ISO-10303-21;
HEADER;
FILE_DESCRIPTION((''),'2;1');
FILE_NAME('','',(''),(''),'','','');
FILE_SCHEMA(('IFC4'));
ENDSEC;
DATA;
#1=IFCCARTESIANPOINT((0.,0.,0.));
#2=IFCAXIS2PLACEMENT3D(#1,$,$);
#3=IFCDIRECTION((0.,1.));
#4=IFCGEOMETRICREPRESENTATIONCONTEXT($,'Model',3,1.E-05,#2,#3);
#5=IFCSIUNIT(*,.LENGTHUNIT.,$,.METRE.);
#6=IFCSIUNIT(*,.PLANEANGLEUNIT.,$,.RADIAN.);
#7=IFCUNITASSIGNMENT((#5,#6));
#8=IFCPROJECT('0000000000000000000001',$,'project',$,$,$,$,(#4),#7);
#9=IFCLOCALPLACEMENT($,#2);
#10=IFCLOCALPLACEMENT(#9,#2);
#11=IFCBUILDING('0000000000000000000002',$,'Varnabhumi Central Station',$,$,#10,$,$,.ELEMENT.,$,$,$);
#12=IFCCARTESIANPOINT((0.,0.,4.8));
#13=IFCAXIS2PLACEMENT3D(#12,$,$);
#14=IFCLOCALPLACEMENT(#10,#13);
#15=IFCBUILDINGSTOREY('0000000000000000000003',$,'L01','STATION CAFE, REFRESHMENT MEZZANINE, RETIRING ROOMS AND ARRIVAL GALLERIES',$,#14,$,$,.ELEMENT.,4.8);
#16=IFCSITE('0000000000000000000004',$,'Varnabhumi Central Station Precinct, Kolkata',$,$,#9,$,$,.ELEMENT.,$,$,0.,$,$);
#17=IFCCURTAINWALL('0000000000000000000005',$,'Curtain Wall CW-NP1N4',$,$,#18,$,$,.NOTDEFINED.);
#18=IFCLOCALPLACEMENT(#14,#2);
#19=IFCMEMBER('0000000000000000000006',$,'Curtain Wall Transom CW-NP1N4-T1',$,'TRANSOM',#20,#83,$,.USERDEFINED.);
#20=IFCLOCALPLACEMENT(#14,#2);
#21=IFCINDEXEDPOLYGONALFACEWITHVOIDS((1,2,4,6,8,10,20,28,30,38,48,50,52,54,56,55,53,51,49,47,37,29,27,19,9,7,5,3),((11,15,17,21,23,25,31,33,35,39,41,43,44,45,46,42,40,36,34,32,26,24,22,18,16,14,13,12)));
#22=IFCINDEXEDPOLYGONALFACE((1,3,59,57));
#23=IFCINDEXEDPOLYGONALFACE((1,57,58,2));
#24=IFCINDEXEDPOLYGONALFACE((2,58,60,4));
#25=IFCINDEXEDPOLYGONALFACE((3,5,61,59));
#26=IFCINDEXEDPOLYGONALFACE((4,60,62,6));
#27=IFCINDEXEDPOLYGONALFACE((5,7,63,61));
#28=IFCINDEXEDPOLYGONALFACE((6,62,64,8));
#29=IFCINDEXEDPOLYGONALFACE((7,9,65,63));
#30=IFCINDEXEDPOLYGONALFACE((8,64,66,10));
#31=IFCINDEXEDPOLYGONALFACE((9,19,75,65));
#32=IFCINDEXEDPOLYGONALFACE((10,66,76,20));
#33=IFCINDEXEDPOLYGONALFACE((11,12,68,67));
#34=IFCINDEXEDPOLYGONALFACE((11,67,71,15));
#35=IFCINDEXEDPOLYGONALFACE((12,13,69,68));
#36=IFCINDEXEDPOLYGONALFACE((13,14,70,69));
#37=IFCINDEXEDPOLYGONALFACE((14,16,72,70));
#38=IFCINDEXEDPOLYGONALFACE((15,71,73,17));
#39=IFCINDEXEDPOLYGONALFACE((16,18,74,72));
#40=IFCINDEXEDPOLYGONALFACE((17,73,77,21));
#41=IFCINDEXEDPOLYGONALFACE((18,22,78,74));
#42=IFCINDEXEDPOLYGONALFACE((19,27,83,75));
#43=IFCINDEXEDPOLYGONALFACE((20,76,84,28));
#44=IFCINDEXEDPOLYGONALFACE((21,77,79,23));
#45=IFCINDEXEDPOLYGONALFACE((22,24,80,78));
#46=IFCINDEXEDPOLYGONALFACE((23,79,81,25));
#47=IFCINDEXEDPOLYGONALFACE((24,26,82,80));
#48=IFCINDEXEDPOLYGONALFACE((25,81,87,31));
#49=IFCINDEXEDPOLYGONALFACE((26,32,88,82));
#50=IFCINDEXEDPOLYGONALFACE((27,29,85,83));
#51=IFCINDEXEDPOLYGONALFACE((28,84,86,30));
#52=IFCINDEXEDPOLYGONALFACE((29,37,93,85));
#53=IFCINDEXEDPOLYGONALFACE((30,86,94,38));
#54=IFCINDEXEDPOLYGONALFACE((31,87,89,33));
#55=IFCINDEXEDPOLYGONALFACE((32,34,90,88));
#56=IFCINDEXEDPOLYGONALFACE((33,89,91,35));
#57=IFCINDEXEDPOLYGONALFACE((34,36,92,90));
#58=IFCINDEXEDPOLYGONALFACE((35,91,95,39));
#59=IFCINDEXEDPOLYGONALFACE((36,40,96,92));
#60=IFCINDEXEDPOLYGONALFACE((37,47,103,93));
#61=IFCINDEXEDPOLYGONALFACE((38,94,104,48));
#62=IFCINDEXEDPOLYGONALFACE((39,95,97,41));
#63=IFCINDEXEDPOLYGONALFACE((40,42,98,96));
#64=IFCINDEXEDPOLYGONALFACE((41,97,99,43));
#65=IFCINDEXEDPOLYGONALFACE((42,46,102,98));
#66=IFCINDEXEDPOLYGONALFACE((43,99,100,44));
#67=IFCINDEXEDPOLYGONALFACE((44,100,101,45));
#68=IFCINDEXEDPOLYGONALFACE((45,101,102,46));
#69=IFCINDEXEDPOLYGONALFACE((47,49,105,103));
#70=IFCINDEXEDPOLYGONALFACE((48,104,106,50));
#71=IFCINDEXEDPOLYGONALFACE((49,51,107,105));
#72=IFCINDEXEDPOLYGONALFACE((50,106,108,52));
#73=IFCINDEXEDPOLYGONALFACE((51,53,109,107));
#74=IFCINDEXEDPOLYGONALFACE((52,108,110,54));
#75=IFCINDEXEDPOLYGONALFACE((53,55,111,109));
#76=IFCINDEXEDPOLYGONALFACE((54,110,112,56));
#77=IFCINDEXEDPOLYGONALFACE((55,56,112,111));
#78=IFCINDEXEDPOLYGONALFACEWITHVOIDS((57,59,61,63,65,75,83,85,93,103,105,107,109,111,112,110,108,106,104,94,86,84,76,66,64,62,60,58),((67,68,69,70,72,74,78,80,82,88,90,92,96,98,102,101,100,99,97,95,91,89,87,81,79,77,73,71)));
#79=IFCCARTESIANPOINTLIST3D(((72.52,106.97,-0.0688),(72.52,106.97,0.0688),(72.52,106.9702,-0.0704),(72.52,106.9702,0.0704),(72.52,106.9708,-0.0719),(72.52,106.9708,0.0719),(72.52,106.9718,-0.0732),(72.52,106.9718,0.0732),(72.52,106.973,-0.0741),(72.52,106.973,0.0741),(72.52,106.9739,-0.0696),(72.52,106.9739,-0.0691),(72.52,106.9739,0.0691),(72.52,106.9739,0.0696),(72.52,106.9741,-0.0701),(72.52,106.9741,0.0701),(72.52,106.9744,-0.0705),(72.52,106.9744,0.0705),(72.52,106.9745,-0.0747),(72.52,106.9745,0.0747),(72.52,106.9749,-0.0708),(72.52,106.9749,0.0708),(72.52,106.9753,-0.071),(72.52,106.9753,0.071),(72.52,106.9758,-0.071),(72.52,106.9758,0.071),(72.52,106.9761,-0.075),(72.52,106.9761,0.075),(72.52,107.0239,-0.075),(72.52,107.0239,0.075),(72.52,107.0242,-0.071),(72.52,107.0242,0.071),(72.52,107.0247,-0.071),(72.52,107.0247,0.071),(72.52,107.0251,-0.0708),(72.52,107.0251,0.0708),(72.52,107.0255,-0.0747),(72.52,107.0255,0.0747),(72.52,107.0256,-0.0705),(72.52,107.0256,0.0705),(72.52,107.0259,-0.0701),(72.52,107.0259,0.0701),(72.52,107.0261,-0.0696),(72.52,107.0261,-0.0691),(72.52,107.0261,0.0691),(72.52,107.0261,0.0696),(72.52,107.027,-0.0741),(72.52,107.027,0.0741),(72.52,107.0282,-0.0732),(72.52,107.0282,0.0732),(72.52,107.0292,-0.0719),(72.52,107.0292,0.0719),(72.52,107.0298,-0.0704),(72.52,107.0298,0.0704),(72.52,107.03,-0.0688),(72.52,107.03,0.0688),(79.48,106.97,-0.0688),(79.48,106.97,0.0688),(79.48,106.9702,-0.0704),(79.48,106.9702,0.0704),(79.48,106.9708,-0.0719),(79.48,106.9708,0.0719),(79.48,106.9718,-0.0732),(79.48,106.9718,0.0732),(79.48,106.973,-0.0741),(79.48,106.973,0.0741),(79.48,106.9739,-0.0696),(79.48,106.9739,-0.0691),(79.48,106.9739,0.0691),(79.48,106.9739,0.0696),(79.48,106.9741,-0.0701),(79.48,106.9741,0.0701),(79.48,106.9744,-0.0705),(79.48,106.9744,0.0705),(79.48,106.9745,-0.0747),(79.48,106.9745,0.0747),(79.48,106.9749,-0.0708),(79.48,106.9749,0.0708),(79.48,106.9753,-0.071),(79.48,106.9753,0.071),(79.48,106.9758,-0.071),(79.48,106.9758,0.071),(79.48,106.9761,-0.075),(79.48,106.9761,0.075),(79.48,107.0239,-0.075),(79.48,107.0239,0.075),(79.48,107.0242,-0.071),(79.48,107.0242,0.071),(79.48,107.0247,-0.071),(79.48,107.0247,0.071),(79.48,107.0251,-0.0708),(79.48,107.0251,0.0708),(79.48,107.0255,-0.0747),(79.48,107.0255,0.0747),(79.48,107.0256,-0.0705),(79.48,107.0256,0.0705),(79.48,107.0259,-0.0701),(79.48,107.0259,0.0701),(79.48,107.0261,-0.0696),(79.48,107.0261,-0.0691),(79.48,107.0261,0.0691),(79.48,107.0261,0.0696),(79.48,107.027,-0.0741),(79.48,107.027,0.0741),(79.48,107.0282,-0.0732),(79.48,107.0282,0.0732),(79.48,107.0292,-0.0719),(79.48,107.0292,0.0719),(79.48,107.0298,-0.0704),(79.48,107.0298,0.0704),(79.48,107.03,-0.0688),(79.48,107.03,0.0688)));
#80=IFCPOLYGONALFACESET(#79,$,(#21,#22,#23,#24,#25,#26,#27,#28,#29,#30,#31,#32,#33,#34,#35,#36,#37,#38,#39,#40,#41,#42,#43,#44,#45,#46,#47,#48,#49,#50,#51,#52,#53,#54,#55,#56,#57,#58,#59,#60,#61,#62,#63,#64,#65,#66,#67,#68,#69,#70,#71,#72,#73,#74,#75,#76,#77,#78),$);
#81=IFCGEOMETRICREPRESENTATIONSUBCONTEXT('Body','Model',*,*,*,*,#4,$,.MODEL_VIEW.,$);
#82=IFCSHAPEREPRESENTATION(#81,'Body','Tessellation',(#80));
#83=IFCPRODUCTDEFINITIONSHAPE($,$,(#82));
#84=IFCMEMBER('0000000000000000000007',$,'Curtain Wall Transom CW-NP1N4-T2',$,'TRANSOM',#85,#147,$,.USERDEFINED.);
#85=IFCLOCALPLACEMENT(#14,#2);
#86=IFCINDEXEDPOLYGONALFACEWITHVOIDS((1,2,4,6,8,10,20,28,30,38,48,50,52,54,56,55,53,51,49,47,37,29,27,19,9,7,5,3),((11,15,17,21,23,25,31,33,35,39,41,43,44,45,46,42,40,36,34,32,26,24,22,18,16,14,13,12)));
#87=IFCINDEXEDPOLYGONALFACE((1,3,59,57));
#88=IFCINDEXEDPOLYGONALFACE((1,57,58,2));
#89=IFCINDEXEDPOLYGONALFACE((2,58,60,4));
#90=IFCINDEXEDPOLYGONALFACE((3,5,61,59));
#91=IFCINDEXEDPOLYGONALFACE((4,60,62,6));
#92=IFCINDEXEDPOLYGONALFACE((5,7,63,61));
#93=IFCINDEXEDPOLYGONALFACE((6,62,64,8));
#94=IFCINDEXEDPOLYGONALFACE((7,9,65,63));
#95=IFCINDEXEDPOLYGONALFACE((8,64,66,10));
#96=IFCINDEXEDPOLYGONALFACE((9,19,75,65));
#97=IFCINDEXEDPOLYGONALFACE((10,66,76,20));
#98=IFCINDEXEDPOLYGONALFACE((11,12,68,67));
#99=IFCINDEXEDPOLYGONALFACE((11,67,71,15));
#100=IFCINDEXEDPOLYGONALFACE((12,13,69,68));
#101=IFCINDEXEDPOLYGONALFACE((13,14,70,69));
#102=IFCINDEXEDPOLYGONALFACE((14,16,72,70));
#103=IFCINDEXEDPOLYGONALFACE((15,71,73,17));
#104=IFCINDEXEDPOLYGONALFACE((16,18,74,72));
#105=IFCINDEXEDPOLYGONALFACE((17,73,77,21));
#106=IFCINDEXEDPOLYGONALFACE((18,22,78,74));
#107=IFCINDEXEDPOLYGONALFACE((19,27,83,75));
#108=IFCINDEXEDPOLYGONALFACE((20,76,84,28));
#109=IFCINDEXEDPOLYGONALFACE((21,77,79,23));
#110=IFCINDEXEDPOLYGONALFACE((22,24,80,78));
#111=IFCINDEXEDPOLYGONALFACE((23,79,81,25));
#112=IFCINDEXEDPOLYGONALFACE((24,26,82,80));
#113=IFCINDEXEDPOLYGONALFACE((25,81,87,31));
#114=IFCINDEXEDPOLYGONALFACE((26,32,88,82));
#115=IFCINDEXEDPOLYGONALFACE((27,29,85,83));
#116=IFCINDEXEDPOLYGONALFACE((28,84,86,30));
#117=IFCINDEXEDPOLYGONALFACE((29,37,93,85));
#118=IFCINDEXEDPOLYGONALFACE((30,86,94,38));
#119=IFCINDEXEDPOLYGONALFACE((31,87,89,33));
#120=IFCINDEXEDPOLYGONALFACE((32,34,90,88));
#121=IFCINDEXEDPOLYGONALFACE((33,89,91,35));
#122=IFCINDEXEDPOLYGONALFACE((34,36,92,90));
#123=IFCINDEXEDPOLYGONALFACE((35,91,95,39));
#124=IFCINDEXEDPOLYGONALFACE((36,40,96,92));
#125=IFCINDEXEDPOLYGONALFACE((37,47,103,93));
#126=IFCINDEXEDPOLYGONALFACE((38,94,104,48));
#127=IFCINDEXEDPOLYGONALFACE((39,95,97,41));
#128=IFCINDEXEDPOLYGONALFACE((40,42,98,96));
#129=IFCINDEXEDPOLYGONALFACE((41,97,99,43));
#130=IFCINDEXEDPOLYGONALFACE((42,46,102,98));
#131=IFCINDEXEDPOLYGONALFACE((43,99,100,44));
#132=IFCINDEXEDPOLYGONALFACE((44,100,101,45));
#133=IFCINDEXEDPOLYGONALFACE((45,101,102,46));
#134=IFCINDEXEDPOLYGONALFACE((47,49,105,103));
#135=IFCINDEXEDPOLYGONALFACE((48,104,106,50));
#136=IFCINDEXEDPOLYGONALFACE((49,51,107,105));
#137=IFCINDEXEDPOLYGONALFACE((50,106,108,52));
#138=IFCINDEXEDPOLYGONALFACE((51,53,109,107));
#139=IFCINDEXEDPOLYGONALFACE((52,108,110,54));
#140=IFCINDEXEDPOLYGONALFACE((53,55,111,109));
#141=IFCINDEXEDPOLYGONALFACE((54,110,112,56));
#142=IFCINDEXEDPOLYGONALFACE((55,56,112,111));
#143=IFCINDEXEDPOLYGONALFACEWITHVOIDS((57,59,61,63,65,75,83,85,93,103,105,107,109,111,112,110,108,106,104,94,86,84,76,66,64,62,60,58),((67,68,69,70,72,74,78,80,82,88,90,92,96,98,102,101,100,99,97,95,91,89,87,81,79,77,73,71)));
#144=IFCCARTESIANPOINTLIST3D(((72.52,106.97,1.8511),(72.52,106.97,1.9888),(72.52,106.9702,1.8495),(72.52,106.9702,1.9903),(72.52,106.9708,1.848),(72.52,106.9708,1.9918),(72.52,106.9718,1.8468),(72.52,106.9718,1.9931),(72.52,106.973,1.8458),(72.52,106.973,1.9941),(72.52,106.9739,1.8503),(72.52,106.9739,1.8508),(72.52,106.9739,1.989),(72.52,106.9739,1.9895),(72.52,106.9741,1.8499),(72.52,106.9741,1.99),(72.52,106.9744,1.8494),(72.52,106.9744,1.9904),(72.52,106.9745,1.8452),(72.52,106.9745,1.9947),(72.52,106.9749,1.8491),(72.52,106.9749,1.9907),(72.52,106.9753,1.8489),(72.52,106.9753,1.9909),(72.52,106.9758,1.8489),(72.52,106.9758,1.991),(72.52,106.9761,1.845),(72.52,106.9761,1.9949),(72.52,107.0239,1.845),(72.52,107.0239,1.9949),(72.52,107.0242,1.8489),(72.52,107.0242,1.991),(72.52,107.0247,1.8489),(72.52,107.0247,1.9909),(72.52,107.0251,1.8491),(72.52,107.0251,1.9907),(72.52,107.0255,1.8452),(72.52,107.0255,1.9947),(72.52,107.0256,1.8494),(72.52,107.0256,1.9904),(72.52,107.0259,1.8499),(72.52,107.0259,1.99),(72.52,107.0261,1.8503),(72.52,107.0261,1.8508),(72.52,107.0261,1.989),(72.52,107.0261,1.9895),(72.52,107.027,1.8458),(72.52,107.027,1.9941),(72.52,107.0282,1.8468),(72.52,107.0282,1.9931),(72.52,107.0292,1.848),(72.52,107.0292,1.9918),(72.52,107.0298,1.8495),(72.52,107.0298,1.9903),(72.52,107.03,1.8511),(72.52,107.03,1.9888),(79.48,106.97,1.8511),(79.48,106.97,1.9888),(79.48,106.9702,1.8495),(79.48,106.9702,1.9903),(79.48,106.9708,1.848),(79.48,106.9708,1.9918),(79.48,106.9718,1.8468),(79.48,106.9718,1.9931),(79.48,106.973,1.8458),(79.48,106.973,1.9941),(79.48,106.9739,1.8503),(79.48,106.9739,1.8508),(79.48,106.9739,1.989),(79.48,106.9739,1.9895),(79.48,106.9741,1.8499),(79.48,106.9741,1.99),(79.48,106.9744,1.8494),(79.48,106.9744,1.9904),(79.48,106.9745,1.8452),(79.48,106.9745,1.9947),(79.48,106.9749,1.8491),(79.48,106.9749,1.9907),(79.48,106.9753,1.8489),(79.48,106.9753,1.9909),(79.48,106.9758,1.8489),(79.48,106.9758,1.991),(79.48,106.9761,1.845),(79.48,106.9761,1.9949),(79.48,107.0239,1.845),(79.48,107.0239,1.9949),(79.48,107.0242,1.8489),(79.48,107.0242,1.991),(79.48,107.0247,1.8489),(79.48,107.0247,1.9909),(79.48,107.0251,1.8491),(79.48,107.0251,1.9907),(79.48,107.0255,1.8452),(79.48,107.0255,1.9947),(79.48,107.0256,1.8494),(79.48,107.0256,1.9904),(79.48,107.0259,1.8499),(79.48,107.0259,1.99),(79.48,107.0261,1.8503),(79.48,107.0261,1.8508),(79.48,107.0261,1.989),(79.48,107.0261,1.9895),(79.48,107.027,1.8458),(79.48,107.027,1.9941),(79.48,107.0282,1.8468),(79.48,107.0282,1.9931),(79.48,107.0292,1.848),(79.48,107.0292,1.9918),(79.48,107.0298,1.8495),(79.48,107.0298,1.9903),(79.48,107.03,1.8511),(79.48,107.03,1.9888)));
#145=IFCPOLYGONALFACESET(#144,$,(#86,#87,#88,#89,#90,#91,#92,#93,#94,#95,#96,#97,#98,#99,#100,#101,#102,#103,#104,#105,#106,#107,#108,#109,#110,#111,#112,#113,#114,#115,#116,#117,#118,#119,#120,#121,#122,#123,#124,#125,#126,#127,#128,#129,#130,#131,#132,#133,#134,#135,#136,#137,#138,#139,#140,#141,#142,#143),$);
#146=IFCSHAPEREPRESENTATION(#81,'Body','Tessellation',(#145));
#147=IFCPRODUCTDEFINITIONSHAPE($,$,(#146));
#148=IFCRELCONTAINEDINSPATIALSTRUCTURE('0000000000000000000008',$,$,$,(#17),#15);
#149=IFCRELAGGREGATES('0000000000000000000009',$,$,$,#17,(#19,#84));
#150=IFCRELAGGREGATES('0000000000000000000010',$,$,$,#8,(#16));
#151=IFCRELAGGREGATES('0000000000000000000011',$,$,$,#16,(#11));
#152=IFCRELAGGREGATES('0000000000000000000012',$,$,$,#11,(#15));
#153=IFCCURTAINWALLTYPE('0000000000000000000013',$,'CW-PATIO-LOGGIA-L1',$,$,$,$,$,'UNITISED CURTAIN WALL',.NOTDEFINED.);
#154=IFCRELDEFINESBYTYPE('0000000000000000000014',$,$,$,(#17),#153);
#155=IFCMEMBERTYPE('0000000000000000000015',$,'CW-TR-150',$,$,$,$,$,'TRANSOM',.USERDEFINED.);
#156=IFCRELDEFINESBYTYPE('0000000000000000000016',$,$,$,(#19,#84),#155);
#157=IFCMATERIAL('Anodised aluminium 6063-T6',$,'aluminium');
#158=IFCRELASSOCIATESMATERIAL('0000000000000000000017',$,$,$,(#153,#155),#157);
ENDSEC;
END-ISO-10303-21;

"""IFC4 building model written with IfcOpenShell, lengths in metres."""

from ifc_helpers import new_model, si_unit, direction, frame, origin, origin_2d, place, context, subcontext, project, spatial, hollow_rectangle, extrude, material, material_profile, profile_set, type_object, element, aggregate, save


model = new_model("IFC4")

# Units and contexts
model_context = context("Model", 3, precision=1e-05, world=origin(), true_north=direction((0.0, 1.0)))
body_context = subcontext(model_context, "Body", "Model", "MODEL_VIEW")
ifc_project = project(units=[si_unit("LENGTHUNIT", "METRE"), si_unit("PLANEANGLEUNIT", "RADIAN")], contexts=[model_context])

# Site, building, storey
site_placement = place(None, origin())
site = spatial("IfcSite", under=ifc_project, at=site_placement, Name="Varnabhumi Central Station Precinct, Kolkata", CompositionType="ELEMENT", RefElevation=0.0)
building_placement = place(site_placement, origin())
building = spatial("IfcBuilding", under=site, at=building_placement, Name="Varnabhumi Central Station", CompositionType="ELEMENT")
storey_placement = place(building_placement, frame((0.0, 0.0, 4.8)))
storey = spatial("IfcBuildingStorey", under=building, at=storey_placement, Name="L01", Description="STATION CAFE, REFRESHMENT MEZZANINE, RETIRING ROOMS AND ARRIVAL GALLERIES", CompositionType="ELEMENT", Elevation=4.8)

# Curtain wall, members
ifc_material_1 = material(Name="Anodised aluminium 6063-T6", Category="aluminium")
curtain_wall_type = type_object("IfcCurtainWallType", Name="CW-PATIO-LOGGIA-L1", ElementType="UNITISED CURTAIN WALL", PredefinedType="NOTDEFINED", material=ifc_material_1)
curtain_wall_1_placement = place(storey_placement, origin())
curtain_wall_1 = element("IfcCurtainWall", 1, at=curtain_wall_1_placement, inside=storey, type_object=curtain_wall_type, Name="Curtain Wall CW-NP1N4", PredefinedType="NOTDEFINED")
ifc_material_profile_1 = material_profile(ifc_material_1, hollow_rectangle(XDim=0.0601, YDim=0.1499, WallThickness=0.0039, InnerFilletRadius=0.002, OuterFilletRadius=0.0061, at=origin_2d()), Name="Anodised aluminium 6063-T6", Category="aluminium")
ifc_profile_set_1 = profile_set([ifc_material_profile_1], Name="Anodised aluminium 6063-T6")
member_type_1 = type_object("IfcMemberType", Name="CW-TR-150", ElementType="TRANSOM", PredefinedType="USERDEFINED", material=ifc_profile_set_1)
member_1_placement = place(storey_placement, frame((72.52, 107.0, 0.0), z_axis=(1.0, 0.0, 0.0), x_axis=(0.0, 1.0, 0.0)))
member_1 = element("IfcMember", 2, at=member_1_placement, type_object=member_type_1, Name="Curtain Wall Transom CW-NP1N4-T1", ObjectType="TRANSOM", PredefinedType="USERDEFINED", context=body_context, shape_type="SweptSolid", body=[
    extrude(hollow_rectangle(XDim=0.0601, YDim=0.1499, WallThickness=0.0039, InnerFilletRadius=0.002, OuterFilletRadius=0.0061, at=origin_2d()), origin(), (0.0, 0.0, 1.0), 6.96),
])
member_2_placement = place(storey_placement, frame((72.52, 107.0, 1.9199), z_axis=(1.0, 0.0, 0.0), x_axis=(0.0, 1.0, 0.0)))
member_2 = element("IfcMember", 3, at=member_2_placement, type_object=member_type_1, Name="Curtain Wall Transom CW-NP1N4-T2", ObjectType="TRANSOM", PredefinedType="USERDEFINED", context=body_context, shape_type="SweptSolid", body=[
    extrude(hollow_rectangle(XDim=0.0601, YDim=0.1499, WallThickness=0.0039, InnerFilletRadius=0.002, OuterFilletRadius=0.0061, at=origin_2d()), origin(), (0.0, 0.0, 1.0), 6.96),
])
aggregate(curtain_wall_1, [member_1, member_2])

save(model, "model.ifc")
